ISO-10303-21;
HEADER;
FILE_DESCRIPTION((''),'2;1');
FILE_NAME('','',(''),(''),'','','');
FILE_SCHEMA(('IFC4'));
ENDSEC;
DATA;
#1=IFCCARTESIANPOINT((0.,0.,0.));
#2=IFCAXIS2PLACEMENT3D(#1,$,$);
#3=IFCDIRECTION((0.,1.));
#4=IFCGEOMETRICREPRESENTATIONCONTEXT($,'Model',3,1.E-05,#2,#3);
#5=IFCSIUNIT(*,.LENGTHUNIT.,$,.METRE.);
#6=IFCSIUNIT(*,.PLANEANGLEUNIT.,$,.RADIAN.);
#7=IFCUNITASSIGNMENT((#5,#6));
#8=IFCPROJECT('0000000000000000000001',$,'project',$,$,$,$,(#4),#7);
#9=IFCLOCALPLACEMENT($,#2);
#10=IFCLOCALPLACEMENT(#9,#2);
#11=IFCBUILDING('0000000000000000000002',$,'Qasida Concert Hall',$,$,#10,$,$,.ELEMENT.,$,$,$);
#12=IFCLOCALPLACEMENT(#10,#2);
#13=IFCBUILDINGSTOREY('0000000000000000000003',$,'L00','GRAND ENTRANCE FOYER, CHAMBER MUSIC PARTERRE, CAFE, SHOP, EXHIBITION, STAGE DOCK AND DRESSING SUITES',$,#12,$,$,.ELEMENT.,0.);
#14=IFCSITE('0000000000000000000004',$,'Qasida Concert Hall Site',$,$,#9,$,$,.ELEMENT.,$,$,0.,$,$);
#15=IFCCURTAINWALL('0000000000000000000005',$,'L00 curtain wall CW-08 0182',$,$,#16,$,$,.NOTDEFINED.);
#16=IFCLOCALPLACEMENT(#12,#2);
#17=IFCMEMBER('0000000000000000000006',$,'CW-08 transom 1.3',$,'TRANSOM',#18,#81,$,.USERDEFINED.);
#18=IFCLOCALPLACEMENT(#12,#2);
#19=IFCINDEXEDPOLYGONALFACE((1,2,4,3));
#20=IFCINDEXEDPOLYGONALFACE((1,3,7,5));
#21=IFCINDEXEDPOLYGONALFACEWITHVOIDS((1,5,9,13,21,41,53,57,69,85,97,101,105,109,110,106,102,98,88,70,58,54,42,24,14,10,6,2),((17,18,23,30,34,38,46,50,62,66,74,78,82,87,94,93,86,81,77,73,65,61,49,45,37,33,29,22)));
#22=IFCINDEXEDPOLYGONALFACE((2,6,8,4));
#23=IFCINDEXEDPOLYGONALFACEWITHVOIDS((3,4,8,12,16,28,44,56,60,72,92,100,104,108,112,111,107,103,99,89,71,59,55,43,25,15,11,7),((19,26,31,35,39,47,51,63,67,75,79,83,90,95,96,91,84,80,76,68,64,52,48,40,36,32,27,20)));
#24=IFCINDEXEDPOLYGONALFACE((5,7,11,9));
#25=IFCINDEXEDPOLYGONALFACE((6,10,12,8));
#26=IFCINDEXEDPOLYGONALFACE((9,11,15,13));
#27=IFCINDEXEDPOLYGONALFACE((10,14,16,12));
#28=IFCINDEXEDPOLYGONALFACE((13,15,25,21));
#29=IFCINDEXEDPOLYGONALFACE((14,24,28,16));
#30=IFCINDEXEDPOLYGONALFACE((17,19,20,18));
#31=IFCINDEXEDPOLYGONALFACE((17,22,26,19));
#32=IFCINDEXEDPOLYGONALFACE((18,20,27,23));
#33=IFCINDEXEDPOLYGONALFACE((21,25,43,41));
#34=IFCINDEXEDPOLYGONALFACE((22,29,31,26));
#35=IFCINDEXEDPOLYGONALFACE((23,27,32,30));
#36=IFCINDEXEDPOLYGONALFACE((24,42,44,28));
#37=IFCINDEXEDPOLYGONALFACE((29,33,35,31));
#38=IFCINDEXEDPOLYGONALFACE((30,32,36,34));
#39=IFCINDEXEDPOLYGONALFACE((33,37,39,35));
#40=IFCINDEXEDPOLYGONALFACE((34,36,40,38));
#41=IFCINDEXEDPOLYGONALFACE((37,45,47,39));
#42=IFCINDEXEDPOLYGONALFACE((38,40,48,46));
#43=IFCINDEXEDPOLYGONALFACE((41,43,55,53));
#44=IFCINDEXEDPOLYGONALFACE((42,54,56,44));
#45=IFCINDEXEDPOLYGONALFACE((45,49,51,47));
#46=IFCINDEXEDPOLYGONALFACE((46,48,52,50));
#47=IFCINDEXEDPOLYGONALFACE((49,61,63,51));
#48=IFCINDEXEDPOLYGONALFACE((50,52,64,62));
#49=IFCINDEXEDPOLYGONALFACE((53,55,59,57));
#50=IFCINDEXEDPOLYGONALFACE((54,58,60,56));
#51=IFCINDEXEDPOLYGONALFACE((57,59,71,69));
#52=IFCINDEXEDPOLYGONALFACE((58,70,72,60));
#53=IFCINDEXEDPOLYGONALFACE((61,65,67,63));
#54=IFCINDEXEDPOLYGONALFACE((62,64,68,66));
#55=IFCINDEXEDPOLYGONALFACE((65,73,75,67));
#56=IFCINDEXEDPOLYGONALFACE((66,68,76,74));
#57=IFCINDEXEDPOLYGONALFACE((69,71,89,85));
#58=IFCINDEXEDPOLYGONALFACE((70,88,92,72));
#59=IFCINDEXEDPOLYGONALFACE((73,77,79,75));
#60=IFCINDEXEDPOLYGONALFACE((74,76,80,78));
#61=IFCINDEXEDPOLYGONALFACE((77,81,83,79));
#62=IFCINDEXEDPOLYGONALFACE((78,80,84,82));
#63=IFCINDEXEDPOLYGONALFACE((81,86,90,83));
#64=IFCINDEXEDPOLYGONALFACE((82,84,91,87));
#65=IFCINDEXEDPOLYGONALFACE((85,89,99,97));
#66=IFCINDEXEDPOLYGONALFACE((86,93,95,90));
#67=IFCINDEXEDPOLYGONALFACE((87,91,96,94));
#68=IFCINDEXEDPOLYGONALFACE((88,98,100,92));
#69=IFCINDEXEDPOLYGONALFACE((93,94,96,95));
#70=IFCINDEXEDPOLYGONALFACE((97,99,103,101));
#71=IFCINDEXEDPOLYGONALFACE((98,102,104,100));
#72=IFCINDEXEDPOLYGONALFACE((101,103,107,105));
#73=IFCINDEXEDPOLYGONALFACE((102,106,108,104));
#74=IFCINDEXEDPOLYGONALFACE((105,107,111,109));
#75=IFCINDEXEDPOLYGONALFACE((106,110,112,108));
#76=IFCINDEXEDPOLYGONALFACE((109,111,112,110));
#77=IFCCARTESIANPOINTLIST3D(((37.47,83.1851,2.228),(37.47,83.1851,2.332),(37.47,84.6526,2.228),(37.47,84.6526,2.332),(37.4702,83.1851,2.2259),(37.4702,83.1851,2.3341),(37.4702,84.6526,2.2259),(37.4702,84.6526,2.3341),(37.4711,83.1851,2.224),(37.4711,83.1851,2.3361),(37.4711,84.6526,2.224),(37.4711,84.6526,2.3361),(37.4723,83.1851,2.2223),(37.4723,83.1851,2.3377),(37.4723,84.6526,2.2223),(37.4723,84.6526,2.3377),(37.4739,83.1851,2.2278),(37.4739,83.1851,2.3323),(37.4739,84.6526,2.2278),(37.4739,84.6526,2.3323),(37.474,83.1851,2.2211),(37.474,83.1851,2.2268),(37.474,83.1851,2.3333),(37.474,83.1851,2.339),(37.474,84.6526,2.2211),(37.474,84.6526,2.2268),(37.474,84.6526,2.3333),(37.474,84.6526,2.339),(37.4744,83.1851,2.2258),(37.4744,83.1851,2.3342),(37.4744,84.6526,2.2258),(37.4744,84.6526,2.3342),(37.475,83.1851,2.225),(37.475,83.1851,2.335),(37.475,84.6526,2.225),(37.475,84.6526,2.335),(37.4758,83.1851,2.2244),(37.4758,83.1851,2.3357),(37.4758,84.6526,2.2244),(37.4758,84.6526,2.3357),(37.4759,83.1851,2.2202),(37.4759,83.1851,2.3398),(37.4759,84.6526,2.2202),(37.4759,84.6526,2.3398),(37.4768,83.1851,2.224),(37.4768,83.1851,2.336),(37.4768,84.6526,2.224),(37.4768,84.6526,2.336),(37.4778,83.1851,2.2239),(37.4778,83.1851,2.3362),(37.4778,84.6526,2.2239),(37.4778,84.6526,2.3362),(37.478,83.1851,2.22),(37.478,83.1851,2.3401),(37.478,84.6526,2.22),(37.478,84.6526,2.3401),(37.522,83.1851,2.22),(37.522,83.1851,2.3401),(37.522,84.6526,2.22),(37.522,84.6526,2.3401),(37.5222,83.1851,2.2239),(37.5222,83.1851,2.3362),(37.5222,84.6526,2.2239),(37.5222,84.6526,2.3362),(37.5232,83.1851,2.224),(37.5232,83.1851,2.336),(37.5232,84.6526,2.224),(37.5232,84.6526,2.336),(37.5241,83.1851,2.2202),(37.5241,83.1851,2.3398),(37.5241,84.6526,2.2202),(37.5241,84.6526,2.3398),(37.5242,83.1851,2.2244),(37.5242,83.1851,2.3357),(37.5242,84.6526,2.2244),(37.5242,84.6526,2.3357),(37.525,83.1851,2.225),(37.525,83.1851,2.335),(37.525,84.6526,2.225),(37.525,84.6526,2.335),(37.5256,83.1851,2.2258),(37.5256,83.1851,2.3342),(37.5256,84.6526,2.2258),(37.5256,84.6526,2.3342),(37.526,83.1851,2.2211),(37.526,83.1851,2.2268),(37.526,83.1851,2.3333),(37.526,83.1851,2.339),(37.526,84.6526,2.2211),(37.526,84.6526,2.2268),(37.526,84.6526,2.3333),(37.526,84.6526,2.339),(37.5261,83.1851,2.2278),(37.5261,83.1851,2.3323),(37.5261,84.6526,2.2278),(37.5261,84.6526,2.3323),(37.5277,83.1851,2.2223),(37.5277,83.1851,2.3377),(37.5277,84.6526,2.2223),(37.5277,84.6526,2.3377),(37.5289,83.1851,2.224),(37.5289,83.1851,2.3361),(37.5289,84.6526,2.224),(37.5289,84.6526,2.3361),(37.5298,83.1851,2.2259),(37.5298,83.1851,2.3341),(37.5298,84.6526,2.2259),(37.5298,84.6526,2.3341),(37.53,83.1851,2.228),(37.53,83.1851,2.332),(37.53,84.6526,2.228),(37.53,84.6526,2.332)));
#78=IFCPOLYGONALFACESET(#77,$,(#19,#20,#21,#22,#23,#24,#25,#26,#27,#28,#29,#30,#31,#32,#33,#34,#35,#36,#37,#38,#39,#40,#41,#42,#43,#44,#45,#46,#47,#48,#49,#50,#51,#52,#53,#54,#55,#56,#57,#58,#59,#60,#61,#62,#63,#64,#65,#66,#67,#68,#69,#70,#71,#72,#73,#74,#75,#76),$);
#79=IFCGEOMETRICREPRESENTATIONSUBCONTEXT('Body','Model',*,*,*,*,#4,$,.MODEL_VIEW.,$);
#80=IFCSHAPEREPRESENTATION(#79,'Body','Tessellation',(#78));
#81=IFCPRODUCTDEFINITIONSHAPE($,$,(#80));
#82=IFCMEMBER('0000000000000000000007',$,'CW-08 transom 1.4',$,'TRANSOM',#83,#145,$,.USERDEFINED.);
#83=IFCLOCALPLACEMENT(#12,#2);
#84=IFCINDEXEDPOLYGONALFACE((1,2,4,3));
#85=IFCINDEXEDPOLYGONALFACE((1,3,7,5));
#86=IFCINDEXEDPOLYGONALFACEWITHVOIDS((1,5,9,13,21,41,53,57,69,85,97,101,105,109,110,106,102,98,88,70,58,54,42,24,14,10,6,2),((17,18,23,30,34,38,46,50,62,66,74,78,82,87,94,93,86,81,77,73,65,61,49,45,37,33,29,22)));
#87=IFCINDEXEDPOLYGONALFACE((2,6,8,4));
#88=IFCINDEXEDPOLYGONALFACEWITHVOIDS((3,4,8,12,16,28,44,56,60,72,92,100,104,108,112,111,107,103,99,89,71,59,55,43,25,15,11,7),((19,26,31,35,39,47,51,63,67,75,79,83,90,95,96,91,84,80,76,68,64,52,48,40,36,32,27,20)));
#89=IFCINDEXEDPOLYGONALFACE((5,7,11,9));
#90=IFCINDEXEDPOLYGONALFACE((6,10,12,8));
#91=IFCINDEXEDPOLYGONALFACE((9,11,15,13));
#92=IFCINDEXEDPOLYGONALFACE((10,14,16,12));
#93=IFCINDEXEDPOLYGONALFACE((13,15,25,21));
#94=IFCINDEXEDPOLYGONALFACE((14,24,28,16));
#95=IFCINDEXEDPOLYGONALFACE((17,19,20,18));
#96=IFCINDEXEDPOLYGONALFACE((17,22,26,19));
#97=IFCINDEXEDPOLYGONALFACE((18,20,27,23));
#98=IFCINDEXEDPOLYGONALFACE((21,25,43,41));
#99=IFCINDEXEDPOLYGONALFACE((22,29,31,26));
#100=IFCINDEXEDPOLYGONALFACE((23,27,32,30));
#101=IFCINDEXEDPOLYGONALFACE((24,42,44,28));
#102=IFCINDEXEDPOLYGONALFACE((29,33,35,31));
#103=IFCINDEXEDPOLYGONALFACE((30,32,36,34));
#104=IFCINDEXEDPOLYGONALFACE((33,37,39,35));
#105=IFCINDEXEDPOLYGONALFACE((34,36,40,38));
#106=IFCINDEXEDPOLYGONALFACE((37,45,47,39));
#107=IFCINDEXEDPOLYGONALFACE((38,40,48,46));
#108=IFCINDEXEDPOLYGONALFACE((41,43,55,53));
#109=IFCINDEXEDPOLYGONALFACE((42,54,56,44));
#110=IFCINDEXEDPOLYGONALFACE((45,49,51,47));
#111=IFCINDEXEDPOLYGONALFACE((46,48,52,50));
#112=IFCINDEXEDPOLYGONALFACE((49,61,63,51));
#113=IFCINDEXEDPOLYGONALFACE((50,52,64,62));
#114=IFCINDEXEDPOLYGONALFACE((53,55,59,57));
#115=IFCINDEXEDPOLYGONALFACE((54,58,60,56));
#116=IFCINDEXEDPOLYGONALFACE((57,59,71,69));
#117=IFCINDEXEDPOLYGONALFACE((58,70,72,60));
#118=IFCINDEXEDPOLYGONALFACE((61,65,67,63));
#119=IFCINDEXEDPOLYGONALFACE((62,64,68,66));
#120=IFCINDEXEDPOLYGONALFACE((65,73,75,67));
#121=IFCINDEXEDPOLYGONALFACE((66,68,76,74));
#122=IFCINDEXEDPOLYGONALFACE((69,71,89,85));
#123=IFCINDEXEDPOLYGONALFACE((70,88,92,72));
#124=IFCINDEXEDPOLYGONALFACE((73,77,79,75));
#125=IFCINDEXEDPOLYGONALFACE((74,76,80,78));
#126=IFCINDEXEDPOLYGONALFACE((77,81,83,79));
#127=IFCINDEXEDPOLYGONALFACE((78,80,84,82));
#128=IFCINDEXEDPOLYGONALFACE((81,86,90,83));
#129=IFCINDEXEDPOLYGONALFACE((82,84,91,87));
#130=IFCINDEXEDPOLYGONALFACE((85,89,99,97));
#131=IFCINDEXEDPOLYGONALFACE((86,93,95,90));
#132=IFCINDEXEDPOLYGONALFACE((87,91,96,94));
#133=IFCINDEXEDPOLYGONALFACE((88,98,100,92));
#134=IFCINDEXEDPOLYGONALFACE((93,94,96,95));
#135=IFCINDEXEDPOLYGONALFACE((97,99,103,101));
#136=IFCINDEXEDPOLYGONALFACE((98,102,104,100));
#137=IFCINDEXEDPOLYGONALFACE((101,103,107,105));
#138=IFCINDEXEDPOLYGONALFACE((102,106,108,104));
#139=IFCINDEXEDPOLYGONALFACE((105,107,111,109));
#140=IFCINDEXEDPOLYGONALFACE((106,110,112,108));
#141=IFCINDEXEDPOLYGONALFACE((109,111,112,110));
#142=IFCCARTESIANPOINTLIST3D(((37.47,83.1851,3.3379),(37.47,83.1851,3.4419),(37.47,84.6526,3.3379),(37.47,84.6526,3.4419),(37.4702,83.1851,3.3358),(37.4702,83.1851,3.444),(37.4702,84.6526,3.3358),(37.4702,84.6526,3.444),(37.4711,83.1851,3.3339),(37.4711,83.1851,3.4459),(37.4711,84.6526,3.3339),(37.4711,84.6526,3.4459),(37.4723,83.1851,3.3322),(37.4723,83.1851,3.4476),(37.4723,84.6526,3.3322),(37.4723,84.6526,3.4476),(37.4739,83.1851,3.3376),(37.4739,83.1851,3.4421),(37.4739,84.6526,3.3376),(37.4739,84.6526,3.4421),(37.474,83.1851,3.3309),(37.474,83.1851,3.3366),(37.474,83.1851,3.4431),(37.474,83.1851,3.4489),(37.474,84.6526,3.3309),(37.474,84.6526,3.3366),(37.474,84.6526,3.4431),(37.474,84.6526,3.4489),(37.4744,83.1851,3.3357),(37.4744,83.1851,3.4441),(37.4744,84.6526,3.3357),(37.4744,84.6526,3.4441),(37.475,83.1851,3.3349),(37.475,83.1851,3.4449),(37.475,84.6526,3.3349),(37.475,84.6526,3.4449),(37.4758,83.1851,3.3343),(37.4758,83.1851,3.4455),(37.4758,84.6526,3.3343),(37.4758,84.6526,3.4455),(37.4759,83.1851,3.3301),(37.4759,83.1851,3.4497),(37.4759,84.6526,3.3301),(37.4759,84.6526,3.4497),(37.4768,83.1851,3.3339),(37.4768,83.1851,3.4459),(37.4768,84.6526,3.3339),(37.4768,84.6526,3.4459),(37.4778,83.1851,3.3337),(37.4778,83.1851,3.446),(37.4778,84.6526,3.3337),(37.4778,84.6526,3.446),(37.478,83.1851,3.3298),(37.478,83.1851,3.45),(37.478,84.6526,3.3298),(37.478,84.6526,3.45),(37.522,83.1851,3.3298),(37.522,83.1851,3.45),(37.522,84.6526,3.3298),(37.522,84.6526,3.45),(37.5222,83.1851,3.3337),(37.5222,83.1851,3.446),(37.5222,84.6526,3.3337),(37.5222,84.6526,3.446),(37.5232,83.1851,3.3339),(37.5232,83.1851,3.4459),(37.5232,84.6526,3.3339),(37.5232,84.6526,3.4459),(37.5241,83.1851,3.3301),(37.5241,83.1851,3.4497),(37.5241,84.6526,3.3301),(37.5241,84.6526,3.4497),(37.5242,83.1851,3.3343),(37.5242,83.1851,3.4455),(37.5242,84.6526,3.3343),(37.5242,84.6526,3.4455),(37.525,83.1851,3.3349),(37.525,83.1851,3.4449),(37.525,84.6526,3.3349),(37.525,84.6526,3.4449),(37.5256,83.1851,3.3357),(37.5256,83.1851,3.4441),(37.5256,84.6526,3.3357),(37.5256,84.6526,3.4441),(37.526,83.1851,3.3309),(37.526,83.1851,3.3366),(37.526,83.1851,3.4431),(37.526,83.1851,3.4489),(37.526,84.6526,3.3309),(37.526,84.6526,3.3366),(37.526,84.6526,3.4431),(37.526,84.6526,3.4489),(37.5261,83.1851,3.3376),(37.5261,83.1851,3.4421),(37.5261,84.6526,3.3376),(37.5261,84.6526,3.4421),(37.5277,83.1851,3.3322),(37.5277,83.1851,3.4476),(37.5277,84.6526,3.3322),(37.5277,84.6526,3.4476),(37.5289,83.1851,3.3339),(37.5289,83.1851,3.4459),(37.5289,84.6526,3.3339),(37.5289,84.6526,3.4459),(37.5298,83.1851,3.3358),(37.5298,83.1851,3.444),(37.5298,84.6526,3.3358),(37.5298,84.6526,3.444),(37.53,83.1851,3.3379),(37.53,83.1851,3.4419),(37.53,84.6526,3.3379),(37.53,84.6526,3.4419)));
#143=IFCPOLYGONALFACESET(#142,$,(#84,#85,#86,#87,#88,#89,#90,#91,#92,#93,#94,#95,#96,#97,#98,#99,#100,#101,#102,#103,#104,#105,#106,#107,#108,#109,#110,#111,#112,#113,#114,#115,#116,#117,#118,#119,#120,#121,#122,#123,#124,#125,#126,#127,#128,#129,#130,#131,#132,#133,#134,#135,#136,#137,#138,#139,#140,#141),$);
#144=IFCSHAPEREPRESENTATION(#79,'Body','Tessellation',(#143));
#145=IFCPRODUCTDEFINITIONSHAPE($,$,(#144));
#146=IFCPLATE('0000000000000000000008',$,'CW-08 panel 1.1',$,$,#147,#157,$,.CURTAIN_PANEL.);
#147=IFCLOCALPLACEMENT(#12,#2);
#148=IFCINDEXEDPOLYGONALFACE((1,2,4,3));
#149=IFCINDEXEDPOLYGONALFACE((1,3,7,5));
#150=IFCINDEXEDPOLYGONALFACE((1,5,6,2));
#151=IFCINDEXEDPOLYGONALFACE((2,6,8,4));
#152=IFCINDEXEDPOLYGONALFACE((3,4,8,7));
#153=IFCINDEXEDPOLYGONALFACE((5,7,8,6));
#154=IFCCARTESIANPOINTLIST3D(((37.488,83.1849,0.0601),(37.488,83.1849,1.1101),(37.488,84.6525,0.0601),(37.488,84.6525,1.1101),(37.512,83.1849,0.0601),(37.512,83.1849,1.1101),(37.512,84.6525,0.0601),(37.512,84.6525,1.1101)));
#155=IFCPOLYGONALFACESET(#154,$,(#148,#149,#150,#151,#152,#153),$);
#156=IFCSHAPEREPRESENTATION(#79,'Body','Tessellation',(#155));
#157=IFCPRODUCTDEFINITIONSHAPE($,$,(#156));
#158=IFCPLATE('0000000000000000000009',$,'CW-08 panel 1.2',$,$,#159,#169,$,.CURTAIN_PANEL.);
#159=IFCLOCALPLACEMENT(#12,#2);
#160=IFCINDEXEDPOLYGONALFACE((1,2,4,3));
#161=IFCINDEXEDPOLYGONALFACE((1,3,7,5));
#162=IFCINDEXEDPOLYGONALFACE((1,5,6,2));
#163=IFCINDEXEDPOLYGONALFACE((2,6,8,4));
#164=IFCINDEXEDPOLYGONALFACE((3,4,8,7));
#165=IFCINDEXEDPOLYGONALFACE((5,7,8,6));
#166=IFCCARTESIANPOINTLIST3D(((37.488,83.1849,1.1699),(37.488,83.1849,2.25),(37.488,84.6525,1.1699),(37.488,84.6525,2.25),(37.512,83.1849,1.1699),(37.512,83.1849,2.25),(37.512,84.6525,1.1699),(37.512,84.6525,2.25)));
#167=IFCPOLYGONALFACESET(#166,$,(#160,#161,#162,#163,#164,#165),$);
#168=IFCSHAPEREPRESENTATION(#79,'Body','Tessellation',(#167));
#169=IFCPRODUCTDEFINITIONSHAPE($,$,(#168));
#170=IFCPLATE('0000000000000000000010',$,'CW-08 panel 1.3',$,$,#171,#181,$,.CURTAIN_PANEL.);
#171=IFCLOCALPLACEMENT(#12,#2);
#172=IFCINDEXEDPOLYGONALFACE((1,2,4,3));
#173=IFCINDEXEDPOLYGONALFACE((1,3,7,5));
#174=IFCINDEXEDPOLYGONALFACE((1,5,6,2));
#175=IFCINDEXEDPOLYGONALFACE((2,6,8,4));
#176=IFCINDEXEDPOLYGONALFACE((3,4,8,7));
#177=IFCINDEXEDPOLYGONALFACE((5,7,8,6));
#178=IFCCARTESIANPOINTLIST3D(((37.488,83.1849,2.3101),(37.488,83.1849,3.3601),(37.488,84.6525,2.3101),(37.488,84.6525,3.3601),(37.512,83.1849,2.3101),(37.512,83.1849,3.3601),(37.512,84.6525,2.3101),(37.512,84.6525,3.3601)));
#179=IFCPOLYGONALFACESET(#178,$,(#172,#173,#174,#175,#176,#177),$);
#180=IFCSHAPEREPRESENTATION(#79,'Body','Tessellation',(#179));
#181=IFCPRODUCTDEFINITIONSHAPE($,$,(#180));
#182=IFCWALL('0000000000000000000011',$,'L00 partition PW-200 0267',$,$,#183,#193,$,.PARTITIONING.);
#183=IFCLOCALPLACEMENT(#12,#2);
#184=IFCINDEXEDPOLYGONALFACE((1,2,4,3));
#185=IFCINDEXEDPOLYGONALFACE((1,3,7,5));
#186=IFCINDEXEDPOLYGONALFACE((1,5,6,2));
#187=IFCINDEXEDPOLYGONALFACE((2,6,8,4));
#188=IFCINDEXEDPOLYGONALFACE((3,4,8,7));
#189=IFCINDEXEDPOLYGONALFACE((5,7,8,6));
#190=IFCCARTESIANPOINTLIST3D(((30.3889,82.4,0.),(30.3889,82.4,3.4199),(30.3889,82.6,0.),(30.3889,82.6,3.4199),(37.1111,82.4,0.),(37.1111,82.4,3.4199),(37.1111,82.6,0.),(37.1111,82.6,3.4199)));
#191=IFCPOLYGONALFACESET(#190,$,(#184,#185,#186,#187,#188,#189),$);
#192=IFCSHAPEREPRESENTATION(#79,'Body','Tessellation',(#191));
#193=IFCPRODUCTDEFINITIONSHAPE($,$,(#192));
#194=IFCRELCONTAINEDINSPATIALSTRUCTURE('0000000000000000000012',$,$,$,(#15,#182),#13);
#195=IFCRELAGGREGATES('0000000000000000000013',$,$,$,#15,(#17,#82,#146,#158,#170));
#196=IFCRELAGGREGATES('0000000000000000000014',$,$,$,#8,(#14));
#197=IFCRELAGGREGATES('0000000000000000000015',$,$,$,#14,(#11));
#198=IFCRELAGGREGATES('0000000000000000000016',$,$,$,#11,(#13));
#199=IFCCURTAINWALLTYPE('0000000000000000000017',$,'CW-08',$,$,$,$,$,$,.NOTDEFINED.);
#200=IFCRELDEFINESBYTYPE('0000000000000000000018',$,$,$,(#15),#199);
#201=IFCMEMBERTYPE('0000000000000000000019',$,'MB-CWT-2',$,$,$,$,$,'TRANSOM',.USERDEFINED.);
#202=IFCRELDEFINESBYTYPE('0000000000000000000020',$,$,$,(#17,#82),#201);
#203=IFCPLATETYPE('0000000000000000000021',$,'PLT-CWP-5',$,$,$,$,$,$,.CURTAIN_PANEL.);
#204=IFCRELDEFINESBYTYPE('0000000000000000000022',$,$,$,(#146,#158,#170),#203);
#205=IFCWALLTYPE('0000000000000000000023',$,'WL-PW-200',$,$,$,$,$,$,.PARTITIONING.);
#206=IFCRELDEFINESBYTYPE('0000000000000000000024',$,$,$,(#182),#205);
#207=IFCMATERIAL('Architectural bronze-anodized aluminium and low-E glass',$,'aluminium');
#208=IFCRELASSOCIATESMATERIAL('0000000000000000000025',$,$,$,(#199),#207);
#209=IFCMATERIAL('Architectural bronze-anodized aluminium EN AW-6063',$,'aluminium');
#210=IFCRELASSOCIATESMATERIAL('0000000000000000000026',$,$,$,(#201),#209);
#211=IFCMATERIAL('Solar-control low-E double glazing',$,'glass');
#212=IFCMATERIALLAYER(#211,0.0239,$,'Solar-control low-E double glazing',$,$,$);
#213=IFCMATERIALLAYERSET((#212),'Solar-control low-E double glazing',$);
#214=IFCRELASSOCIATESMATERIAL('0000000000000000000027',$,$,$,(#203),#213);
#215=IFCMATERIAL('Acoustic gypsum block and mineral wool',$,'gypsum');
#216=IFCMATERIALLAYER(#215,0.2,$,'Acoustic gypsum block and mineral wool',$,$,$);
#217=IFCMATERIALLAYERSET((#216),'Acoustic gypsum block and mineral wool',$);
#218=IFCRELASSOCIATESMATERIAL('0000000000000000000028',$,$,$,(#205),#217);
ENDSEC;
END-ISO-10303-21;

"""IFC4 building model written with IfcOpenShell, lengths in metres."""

from ifc_helpers import new_model, si_unit, direction, frame, frame_2d, origin, origin_2d, place, context, subcontext, project, spatial, rectangle, hollow_rectangle, extrude, material, layer, layer_set, material_profile, profile_set, type_object, element, aggregate, save


model = new_model("IFC4")

# Units and contexts
model_context = context("Model", 3, precision=1e-05, world=origin(), true_north=direction((0.0, 1.0)))
body_context = subcontext(model_context, "Body", "Model", "MODEL_VIEW")
ifc_project = project(units=[si_unit("LENGTHUNIT", "METRE"), si_unit("PLANEANGLEUNIT", "RADIAN")], contexts=[model_context])

# Site, building, storey
site_placement = place(None, origin())
site = spatial("IfcSite", under=ifc_project, at=site_placement, Name="Qasida Concert Hall Site", CompositionType="ELEMENT", RefElevation=0.0)
building_placement = place(site_placement, origin())
building = spatial("IfcBuilding", under=site, at=building_placement, Name="Qasida Concert Hall", CompositionType="ELEMENT")
storey_placement = place(building_placement, origin())
storey = spatial("IfcBuildingStorey", under=building, at=storey_placement, Name="L00", Description="GRAND ENTRANCE FOYER, CHAMBER MUSIC PARTERRE, CAFE, SHOP, EXHIBITION, STAGE DOCK AND DRESSING SUITES", CompositionType="ELEMENT", Elevation=0.0)

# Curtain wall, members, plates
ifc_material_1 = material(Name="Architectural bronze-anodized aluminium and low-E glass", Category="aluminium")
curtain_wall_type = type_object("IfcCurtainWallType", Name="CW-08", PredefinedType="NOTDEFINED", material=ifc_material_1)
curtain_wall_placement = place(storey_placement, origin())
curtain_wall = element("IfcCurtainWall", 1, at=curtain_wall_placement, inside=storey, type_object=curtain_wall_type, Name="L00 curtain wall CW-08 0182", PredefinedType="NOTDEFINED")
ifc_material_2 = material(Name="Architectural bronze-anodized aluminium EN AW-6063", Category="aluminium")
ifc_material_profile_1 = material_profile(ifc_material_2, hollow_rectangle(XDim=0.0601, YDim=0.1201, WallThickness=0.0039, InnerFilletRadius=0.0039, OuterFilletRadius=0.0081, at=origin_2d()), Name="CWT 120x60x4")
ifc_profile_set_1 = profile_set([ifc_material_profile_1], Name="Architectural bronze-anodized aluminium EN AW-6063")
member_type_1 = type_object("IfcMemberType", Name="MB-CWT-2", ElementType="TRANSOM", PredefinedType="USERDEFINED", material=ifc_profile_set_1)
member_1_placement = place(storey_placement, frame((37.5, 83.1851, 2.28), z_axis=(0.0, 1.0, 0.0), x_axis=(-1.0, 0.0, 0.0)))
member_1 = element("IfcMember", 2, at=member_1_placement, type_object=member_type_1, Name="CW-08 transom 1.3", ObjectType="TRANSOM", PredefinedType="USERDEFINED", context=body_context, shape_type="SweptSolid", body=[
    extrude(hollow_rectangle(XDim=0.0601, YDim=0.1201, WallThickness=0.0039, InnerFilletRadius=0.0039, OuterFilletRadius=0.0081, at=origin_2d()), origin(), (0.0, 0.0, 1.0), 1.4675),
])
member_2_placement = place(storey_placement, frame((37.5, 83.1851, 3.3899), z_axis=(0.0, 1.0, 0.0), x_axis=(-1.0, 0.0, 0.0)))
member_2 = element("IfcMember", 3, at=member_2_placement, type_object=member_type_1, Name="CW-08 transom 1.4", ObjectType="TRANSOM", PredefinedType="USERDEFINED", context=body_context, shape_type="SweptSolid", body=[
    extrude(hollow_rectangle(XDim=0.0601, YDim=0.1201, WallThickness=0.0039, InnerFilletRadius=0.0039, OuterFilletRadius=0.0081, at=origin_2d()), origin(), (0.0, 0.0, 1.0), 1.4675),
])
ifc_material_3 = material(Name="Solar-control low-E double glazing", Category="glass")
ifc_layer_1 = layer(ifc_material_3, 0.0239, Name="Solar-control low-E double glazing")
ifc_layer_set_1 = layer_set([ifc_layer_1], Name="Solar-control low-E double glazing")
plate_type = type_object("IfcPlateType", Name="PLT-CWP-5", PredefinedType="CURTAIN_PANEL", material=ifc_layer_set_1)
plate_1_placement = place(storey_placement, frame((37.5, 83.9187, 0.0601), z_axis=(0.0, 0.0, 1.0), x_axis=(0.0, 1.0, 0.0)))
plate_1 = element("IfcPlate", 4, at=plate_1_placement, type_object=plate_type, Name="CW-08 panel 1.1", PredefinedType="CURTAIN_PANEL", context=body_context, shape_type="SweptSolid", body=[
    extrude(rectangle(XDim=1.4675, YDim=0.0239, at=origin_2d()), origin(), (0.0, 0.0, 1.0), 1.05),
])
plate_2_placement = place(storey_placement, frame((37.5, 83.9187, 1.1699), z_axis=(0.0, 0.0, 1.0), x_axis=(0.0, 1.0, 0.0)))
plate_2 = element("IfcPlate", 5, at=plate_2_placement, type_object=plate_type, Name="CW-08 panel 1.2", PredefinedType="CURTAIN_PANEL", context=body_context, shape_type="SweptSolid", body=[
    extrude(rectangle(XDim=1.4675, YDim=0.0239, at=origin_2d()), origin(), (0.0, 0.0, 1.0), 1.0801),
])
plate_3_placement = place(storey_placement, frame((37.5, 83.9187, 2.3101), z_axis=(0.0, 0.0, 1.0), x_axis=(0.0, 1.0, 0.0)))
plate_3 = element("IfcPlate", 6, at=plate_3_placement, type_object=plate_type, Name="CW-08 panel 1.3", PredefinedType="CURTAIN_PANEL", context=body_context, shape_type="SweptSolid", body=[
    extrude(rectangle(XDim=1.4675, YDim=0.0239, at=origin_2d()), origin(), (0.0, 0.0, 1.0), 1.05),
])
aggregate(curtain_wall, [member_1, member_2, plate_1, plate_2, plate_3])

# Wall
ifc_material_4 = material(Name="Acoustic gypsum block and mineral wool", Category="gypsum")
ifc_layer_2 = layer(ifc_material_4, 0.2, Name="Acoustic gypsum block and mineral wool")
ifc_layer_set_2 = layer_set([ifc_layer_2], Name="Acoustic gypsum block and mineral wool")
wall_type = type_object("IfcWallType", Name="WL-PW-200", PredefinedType="PARTITIONING", material=ifc_layer_set_2)
for number, where, z_axis, x_axis, name in (
    (7, (30.3889, 82.5, 0.0), (0.0, 0.0, 1.0), (1.0, 0.0, 0.0), "L00 partition PW-200 0267"),
):
    element("IfcWall", number, at=place(storey_placement, frame(where, z_axis=z_axis, x_axis=x_axis)), inside=storey, type_object=wall_type, Name=name, PredefinedType="PARTITIONING", context=body_context, shape_type="SweptSolid", body=[
        extrude(rectangle(XDim=6.7222, YDim=0.2, at=frame_2d((3.3611, 0.0))), origin(), (0.0, 0.0, 1.0), 3.4199),
    ])

save(model, "model.ifc")
